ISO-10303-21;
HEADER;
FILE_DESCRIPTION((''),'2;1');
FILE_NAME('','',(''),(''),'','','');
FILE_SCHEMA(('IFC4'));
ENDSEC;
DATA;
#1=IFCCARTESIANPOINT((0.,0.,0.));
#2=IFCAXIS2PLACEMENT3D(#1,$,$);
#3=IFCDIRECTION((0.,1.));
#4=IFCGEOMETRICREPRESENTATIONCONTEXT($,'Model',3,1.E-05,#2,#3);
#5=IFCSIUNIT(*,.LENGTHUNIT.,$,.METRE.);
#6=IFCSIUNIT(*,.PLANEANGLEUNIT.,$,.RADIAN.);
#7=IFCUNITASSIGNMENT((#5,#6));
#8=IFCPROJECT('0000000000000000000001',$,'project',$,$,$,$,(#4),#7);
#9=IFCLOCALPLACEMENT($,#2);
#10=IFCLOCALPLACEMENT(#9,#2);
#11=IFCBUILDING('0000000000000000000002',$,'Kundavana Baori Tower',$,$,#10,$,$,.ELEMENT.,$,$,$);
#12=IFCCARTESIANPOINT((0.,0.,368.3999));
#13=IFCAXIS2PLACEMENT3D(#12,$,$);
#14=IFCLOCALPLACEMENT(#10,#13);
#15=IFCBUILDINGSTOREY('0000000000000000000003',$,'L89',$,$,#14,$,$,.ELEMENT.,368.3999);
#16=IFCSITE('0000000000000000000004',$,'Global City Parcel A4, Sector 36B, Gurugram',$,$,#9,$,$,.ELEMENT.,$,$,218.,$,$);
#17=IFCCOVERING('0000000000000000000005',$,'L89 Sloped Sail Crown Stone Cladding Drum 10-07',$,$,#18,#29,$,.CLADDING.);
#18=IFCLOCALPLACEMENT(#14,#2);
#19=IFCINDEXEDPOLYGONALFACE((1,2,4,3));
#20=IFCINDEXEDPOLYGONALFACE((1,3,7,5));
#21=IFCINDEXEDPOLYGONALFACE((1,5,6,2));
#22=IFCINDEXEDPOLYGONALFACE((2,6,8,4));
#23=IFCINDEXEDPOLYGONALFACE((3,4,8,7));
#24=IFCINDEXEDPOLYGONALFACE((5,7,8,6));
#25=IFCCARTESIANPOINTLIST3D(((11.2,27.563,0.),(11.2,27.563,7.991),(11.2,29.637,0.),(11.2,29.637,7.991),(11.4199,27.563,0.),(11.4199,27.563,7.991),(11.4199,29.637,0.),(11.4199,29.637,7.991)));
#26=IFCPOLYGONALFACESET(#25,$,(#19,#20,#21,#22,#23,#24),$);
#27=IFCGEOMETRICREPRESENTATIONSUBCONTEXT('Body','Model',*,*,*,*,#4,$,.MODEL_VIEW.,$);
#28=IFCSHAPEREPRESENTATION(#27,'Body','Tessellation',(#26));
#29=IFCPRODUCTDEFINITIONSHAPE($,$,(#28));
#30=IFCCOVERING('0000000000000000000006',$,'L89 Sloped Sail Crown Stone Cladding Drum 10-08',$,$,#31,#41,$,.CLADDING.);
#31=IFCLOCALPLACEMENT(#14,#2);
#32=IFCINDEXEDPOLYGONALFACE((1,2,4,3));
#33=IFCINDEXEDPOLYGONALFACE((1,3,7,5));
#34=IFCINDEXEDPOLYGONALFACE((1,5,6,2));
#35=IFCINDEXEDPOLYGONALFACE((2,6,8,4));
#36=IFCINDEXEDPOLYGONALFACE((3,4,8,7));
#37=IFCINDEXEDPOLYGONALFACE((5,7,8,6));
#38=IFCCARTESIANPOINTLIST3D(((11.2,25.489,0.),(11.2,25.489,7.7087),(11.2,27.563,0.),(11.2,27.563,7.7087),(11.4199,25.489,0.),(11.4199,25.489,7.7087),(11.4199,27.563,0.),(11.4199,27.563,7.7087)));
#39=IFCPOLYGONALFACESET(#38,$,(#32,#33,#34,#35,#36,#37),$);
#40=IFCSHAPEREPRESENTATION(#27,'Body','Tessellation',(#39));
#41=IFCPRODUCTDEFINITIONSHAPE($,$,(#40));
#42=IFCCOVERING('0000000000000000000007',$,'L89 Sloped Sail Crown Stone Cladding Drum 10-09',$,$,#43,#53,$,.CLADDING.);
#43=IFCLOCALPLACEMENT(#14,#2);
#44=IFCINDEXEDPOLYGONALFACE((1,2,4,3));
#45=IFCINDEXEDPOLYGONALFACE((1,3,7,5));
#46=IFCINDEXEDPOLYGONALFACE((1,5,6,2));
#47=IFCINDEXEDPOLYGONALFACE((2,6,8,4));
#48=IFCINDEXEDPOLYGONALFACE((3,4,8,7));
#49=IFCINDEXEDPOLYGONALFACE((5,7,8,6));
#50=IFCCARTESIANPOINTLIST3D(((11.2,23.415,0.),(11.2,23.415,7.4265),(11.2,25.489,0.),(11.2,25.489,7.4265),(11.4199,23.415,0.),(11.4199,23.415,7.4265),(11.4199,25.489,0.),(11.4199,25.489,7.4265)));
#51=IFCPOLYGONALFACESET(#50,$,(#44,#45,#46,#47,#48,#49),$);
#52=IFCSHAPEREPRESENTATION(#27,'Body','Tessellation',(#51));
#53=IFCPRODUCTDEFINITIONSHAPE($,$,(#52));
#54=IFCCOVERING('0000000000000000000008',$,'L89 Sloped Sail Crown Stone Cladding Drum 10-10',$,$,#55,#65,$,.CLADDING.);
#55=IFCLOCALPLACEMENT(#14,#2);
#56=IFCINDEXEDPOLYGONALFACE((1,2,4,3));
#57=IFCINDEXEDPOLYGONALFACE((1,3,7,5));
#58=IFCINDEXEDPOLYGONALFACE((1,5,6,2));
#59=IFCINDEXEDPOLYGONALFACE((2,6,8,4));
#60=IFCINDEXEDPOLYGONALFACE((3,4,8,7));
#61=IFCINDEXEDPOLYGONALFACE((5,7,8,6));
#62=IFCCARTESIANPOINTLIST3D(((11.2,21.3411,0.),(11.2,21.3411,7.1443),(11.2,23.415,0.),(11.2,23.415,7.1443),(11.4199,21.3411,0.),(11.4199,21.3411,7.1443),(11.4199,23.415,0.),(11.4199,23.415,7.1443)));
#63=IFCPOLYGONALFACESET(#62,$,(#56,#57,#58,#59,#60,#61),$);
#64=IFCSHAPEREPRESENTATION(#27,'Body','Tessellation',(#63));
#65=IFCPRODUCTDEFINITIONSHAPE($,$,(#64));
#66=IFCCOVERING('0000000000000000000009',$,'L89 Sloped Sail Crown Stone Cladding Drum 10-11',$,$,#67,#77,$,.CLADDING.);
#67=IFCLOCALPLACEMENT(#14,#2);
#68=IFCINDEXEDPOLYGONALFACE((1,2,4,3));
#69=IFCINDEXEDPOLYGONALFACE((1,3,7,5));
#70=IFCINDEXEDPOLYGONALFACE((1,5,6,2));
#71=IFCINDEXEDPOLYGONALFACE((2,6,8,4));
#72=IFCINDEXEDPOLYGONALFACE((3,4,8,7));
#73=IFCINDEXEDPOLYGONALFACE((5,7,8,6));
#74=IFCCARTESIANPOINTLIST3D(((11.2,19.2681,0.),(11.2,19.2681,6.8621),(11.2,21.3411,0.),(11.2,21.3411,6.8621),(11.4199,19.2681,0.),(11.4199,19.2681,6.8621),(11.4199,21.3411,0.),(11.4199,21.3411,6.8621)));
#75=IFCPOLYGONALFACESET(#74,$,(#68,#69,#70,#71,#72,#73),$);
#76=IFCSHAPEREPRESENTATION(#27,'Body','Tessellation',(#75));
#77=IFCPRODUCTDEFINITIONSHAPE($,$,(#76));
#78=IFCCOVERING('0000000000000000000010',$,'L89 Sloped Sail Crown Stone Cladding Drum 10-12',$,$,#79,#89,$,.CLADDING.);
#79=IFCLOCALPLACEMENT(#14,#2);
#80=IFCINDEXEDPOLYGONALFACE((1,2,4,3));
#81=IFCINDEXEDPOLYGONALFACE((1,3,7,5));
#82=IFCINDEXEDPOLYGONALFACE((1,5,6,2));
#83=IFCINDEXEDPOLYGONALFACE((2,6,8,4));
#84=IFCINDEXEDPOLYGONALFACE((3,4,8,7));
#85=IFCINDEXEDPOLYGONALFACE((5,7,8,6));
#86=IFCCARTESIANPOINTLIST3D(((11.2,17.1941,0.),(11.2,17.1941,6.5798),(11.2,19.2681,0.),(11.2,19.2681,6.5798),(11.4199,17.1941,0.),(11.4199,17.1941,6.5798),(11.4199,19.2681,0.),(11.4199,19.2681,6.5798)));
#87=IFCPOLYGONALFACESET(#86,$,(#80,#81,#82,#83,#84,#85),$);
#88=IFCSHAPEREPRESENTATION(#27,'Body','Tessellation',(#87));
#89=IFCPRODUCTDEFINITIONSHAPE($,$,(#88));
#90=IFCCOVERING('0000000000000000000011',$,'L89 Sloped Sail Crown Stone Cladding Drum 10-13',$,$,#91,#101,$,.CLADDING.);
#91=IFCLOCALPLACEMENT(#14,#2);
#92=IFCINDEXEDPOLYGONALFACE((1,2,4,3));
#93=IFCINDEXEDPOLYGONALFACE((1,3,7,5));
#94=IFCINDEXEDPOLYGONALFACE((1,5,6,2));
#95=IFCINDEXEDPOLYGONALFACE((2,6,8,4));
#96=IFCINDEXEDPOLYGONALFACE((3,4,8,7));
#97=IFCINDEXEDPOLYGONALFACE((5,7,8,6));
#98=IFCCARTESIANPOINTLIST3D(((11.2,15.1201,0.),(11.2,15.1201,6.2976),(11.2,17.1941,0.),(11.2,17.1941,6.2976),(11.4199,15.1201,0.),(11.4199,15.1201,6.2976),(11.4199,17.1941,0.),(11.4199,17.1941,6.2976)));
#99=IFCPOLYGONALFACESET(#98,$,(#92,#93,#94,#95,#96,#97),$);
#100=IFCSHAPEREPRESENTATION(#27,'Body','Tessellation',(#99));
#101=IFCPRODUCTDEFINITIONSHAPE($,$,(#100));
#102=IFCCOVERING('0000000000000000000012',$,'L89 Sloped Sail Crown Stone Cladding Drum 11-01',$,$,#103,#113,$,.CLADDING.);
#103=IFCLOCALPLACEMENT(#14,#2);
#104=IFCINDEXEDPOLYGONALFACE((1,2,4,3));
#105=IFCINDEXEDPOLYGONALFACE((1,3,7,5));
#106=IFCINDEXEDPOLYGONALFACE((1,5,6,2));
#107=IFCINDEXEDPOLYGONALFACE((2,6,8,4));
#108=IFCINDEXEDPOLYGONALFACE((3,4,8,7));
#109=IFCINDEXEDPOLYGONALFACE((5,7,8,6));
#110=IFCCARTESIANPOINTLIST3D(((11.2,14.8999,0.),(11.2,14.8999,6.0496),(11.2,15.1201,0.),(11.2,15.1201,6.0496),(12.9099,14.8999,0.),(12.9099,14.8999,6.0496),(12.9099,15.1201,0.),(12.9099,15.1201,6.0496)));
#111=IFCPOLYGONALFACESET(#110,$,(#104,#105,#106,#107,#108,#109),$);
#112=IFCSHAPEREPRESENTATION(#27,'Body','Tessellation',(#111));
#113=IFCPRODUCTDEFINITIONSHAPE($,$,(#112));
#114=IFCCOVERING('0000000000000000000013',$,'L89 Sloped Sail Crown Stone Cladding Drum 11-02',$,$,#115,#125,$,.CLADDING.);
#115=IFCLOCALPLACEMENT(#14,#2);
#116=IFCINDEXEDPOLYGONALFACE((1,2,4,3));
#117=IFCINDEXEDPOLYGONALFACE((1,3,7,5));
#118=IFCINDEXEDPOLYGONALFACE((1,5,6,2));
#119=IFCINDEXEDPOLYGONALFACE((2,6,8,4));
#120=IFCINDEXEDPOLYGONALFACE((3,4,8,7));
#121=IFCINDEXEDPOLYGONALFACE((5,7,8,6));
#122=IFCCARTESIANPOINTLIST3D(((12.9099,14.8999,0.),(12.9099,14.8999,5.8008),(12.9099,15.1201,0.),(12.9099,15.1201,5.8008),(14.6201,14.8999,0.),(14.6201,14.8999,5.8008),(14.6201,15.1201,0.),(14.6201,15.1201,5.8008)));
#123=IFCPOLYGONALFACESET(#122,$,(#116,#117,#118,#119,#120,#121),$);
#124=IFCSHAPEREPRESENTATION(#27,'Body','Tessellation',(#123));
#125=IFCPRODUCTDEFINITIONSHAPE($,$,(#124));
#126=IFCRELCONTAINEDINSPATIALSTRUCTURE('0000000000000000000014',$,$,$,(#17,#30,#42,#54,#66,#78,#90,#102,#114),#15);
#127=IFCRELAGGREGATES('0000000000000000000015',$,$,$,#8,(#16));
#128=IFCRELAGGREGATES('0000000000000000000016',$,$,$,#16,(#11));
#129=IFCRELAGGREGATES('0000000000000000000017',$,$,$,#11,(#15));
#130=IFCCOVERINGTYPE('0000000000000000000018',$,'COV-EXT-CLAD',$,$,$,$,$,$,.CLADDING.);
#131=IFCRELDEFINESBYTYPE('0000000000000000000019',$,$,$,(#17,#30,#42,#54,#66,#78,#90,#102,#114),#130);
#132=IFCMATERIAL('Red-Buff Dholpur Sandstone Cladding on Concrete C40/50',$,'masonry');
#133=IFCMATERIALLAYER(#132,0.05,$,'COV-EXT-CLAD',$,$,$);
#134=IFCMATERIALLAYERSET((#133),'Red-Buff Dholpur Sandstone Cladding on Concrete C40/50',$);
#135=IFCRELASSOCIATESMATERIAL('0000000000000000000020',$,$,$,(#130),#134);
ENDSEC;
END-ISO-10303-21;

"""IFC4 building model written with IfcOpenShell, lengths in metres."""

from ifc_helpers import new_model, si_unit, direction, frame, origin, place, context, subcontext, project, spatial, polyline, outline, extrude, material, layer, layer_set, type_object, element, save


model = new_model("IFC4")

# Units and contexts
model_context = context("Model", 3, precision=1e-05, world=origin(), true_north=direction((0.0, 1.0)))
body_context = subcontext(model_context, "Body", "Model", "MODEL_VIEW")
ifc_project = project(units=[si_unit("LENGTHUNIT", "METRE"), si_unit("PLANEANGLEUNIT", "RADIAN")], contexts=[model_context])

# Site, building, storey
site_placement = place(None, origin())
site = spatial("IfcSite", under=ifc_project, at=site_placement, Name="Global City Parcel A4, Sector 36B, Gurugram", CompositionType="ELEMENT", RefElevation=218.0)
building_placement = place(site_placement, origin())
building = spatial("IfcBuilding", under=site, at=building_placement, Name="Kundavana Baori Tower", CompositionType="ELEMENT")
storey_placement = place(building_placement, frame((0.0, 0.0, 368.3999)))
storey = spatial("IfcBuildingStorey", under=building, at=storey_placement, Name="L89", CompositionType="ELEMENT", Elevation=368.3999)

# Coverings
ifc_material = material(Name="Red-Buff Dholpur Sandstone Cladding on Concrete C40/50", Category="masonry")
ifc_layer = layer(ifc_material, 0.05, Name="COV-EXT-CLAD")
ifc_layer_set = layer_set([ifc_layer], Name="Red-Buff Dholpur Sandstone Cladding on Concrete C40/50")
covering_type = type_object("IfcCoveringType", Name="COV-EXT-CLAD", PredefinedType="CLADDING", material=ifc_layer_set)
covering_1_placement = place(storey_placement, origin())
element("IfcCovering", 1, at=covering_1_placement, inside=storey, type_object=covering_type, Name="L89 Sloped Sail Crown Stone Cladding Drum 10-07", PredefinedType="CLADDING", context=body_context, shape_type="SweptSolid", body=[
    extrude(outline(polyline([(11.2, 27.563), (11.4199, 27.563), (11.4199, 29.637), (11.2, 29.637), (11.2, 27.563)])), origin(), (0.0, 0.0, 1.0), 7.991),
])
covering_2_placement = place(storey_placement, origin())
element("IfcCovering", 2, at=covering_2_placement, inside=storey, type_object=covering_type, Name="L89 Sloped Sail Crown Stone Cladding Drum 10-08", PredefinedType="CLADDING", context=body_context, shape_type="SweptSolid", body=[
    extrude(outline(polyline([(11.2, 25.489), (11.4199, 25.489), (11.4199, 27.563), (11.2, 27.563), (11.2, 25.489)])), origin(), (0.0, 0.0, 1.0), 7.7087),
])
covering_3_placement = place(storey_placement, origin())
element("IfcCovering", 3, at=covering_3_placement, inside=storey, type_object=covering_type, Name="L89 Sloped Sail Crown Stone Cladding Drum 10-09", PredefinedType="CLADDING", context=body_context, shape_type="SweptSolid", body=[
    extrude(outline(polyline([(11.2, 23.415), (11.4199, 23.415), (11.4199, 25.489), (11.2, 25.489), (11.2, 23.415)])), origin(), (0.0, 0.0, 1.0), 7.4265),
])
covering_4_placement = place(storey_placement, origin())
element("IfcCovering", 4, at=covering_4_placement, inside=storey, type_object=covering_type, Name="L89 Sloped Sail Crown Stone Cladding Drum 10-10", PredefinedType="CLADDING", context=body_context, shape_type="SweptSolid", body=[
    extrude(outline(polyline([(11.2, 21.3411), (11.4199, 21.3411), (11.4199, 23.415), (11.2, 23.415), (11.2, 21.3411)])), origin(), (0.0, 0.0, 1.0), 7.1443),
])
covering_5_placement = place(storey_placement, origin())
element("IfcCovering", 5, at=covering_5_placement, inside=storey, type_object=covering_type, Name="L89 Sloped Sail Crown Stone Cladding Drum 10-11", PredefinedType="CLADDING", context=body_context, shape_type="SweptSolid", body=[
    extrude(outline(polyline([(11.2, 19.2681), (11.4199, 19.2681), (11.4199, 21.3411), (11.2, 21.3411), (11.2, 19.2681)])), origin(), (0.0, 0.0, 1.0), 6.8621),
])
covering_6_placement = place(storey_placement, origin())
element("IfcCovering", 6, at=covering_6_placement, inside=storey, type_object=covering_type, Name="L89 Sloped Sail Crown Stone Cladding Drum 10-12", PredefinedType="CLADDING", context=body_context, shape_type="SweptSolid", body=[
    extrude(outline(polyline([(11.2, 17.1941), (11.4199, 17.1941), (11.4199, 19.2681), (11.2, 19.2681), (11.2, 17.1941)])), origin(), (0.0, 0.0, 1.0), 6.5798),
])
covering_7_placement = place(storey_placement, origin())
element("IfcCovering", 7, at=covering_7_placement, inside=storey, type_object=covering_type, Name="L89 Sloped Sail Crown Stone Cladding Drum 10-13", PredefinedType="CLADDING", context=body_context, shape_type="SweptSolid", body=[
    extrude(outline(polyline([(11.2, 15.1201), (11.4199, 15.1201), (11.4199, 17.1941), (11.2, 17.1941), (11.2, 15.1201)])), origin(), (0.0, 0.0, 1.0), 6.2976),
])
covering_8_placement = place(storey_placement, origin())
element("IfcCovering", 8, at=covering_8_placement, inside=storey, type_object=covering_type, Name="L89 Sloped Sail Crown Stone Cladding Drum 11-01", PredefinedType="CLADDING", context=body_context, shape_type="SweptSolid", body=[
    extrude(outline(polyline([(11.2, 14.8999), (12.9099, 14.8999), (12.9099, 15.1201), (11.2, 15.1201), (11.2, 14.8999)])), origin(), (0.0, 0.0, 1.0), 6.0496),
])
covering_9_placement = place(storey_placement, origin())
element("IfcCovering", 9, at=covering_9_placement, inside=storey, type_object=covering_type, Name="L89 Sloped Sail Crown Stone Cladding Drum 11-02", PredefinedType="CLADDING", context=body_context, shape_type="SweptSolid", body=[
    extrude(outline(polyline([(12.9099, 14.8999), (14.6201, 14.8999), (14.6201, 15.1201), (12.9099, 15.1201), (12.9099, 14.8999)])), origin(), (0.0, 0.0, 1.0), 5.8008),
])

save(model, "model.ifc")
